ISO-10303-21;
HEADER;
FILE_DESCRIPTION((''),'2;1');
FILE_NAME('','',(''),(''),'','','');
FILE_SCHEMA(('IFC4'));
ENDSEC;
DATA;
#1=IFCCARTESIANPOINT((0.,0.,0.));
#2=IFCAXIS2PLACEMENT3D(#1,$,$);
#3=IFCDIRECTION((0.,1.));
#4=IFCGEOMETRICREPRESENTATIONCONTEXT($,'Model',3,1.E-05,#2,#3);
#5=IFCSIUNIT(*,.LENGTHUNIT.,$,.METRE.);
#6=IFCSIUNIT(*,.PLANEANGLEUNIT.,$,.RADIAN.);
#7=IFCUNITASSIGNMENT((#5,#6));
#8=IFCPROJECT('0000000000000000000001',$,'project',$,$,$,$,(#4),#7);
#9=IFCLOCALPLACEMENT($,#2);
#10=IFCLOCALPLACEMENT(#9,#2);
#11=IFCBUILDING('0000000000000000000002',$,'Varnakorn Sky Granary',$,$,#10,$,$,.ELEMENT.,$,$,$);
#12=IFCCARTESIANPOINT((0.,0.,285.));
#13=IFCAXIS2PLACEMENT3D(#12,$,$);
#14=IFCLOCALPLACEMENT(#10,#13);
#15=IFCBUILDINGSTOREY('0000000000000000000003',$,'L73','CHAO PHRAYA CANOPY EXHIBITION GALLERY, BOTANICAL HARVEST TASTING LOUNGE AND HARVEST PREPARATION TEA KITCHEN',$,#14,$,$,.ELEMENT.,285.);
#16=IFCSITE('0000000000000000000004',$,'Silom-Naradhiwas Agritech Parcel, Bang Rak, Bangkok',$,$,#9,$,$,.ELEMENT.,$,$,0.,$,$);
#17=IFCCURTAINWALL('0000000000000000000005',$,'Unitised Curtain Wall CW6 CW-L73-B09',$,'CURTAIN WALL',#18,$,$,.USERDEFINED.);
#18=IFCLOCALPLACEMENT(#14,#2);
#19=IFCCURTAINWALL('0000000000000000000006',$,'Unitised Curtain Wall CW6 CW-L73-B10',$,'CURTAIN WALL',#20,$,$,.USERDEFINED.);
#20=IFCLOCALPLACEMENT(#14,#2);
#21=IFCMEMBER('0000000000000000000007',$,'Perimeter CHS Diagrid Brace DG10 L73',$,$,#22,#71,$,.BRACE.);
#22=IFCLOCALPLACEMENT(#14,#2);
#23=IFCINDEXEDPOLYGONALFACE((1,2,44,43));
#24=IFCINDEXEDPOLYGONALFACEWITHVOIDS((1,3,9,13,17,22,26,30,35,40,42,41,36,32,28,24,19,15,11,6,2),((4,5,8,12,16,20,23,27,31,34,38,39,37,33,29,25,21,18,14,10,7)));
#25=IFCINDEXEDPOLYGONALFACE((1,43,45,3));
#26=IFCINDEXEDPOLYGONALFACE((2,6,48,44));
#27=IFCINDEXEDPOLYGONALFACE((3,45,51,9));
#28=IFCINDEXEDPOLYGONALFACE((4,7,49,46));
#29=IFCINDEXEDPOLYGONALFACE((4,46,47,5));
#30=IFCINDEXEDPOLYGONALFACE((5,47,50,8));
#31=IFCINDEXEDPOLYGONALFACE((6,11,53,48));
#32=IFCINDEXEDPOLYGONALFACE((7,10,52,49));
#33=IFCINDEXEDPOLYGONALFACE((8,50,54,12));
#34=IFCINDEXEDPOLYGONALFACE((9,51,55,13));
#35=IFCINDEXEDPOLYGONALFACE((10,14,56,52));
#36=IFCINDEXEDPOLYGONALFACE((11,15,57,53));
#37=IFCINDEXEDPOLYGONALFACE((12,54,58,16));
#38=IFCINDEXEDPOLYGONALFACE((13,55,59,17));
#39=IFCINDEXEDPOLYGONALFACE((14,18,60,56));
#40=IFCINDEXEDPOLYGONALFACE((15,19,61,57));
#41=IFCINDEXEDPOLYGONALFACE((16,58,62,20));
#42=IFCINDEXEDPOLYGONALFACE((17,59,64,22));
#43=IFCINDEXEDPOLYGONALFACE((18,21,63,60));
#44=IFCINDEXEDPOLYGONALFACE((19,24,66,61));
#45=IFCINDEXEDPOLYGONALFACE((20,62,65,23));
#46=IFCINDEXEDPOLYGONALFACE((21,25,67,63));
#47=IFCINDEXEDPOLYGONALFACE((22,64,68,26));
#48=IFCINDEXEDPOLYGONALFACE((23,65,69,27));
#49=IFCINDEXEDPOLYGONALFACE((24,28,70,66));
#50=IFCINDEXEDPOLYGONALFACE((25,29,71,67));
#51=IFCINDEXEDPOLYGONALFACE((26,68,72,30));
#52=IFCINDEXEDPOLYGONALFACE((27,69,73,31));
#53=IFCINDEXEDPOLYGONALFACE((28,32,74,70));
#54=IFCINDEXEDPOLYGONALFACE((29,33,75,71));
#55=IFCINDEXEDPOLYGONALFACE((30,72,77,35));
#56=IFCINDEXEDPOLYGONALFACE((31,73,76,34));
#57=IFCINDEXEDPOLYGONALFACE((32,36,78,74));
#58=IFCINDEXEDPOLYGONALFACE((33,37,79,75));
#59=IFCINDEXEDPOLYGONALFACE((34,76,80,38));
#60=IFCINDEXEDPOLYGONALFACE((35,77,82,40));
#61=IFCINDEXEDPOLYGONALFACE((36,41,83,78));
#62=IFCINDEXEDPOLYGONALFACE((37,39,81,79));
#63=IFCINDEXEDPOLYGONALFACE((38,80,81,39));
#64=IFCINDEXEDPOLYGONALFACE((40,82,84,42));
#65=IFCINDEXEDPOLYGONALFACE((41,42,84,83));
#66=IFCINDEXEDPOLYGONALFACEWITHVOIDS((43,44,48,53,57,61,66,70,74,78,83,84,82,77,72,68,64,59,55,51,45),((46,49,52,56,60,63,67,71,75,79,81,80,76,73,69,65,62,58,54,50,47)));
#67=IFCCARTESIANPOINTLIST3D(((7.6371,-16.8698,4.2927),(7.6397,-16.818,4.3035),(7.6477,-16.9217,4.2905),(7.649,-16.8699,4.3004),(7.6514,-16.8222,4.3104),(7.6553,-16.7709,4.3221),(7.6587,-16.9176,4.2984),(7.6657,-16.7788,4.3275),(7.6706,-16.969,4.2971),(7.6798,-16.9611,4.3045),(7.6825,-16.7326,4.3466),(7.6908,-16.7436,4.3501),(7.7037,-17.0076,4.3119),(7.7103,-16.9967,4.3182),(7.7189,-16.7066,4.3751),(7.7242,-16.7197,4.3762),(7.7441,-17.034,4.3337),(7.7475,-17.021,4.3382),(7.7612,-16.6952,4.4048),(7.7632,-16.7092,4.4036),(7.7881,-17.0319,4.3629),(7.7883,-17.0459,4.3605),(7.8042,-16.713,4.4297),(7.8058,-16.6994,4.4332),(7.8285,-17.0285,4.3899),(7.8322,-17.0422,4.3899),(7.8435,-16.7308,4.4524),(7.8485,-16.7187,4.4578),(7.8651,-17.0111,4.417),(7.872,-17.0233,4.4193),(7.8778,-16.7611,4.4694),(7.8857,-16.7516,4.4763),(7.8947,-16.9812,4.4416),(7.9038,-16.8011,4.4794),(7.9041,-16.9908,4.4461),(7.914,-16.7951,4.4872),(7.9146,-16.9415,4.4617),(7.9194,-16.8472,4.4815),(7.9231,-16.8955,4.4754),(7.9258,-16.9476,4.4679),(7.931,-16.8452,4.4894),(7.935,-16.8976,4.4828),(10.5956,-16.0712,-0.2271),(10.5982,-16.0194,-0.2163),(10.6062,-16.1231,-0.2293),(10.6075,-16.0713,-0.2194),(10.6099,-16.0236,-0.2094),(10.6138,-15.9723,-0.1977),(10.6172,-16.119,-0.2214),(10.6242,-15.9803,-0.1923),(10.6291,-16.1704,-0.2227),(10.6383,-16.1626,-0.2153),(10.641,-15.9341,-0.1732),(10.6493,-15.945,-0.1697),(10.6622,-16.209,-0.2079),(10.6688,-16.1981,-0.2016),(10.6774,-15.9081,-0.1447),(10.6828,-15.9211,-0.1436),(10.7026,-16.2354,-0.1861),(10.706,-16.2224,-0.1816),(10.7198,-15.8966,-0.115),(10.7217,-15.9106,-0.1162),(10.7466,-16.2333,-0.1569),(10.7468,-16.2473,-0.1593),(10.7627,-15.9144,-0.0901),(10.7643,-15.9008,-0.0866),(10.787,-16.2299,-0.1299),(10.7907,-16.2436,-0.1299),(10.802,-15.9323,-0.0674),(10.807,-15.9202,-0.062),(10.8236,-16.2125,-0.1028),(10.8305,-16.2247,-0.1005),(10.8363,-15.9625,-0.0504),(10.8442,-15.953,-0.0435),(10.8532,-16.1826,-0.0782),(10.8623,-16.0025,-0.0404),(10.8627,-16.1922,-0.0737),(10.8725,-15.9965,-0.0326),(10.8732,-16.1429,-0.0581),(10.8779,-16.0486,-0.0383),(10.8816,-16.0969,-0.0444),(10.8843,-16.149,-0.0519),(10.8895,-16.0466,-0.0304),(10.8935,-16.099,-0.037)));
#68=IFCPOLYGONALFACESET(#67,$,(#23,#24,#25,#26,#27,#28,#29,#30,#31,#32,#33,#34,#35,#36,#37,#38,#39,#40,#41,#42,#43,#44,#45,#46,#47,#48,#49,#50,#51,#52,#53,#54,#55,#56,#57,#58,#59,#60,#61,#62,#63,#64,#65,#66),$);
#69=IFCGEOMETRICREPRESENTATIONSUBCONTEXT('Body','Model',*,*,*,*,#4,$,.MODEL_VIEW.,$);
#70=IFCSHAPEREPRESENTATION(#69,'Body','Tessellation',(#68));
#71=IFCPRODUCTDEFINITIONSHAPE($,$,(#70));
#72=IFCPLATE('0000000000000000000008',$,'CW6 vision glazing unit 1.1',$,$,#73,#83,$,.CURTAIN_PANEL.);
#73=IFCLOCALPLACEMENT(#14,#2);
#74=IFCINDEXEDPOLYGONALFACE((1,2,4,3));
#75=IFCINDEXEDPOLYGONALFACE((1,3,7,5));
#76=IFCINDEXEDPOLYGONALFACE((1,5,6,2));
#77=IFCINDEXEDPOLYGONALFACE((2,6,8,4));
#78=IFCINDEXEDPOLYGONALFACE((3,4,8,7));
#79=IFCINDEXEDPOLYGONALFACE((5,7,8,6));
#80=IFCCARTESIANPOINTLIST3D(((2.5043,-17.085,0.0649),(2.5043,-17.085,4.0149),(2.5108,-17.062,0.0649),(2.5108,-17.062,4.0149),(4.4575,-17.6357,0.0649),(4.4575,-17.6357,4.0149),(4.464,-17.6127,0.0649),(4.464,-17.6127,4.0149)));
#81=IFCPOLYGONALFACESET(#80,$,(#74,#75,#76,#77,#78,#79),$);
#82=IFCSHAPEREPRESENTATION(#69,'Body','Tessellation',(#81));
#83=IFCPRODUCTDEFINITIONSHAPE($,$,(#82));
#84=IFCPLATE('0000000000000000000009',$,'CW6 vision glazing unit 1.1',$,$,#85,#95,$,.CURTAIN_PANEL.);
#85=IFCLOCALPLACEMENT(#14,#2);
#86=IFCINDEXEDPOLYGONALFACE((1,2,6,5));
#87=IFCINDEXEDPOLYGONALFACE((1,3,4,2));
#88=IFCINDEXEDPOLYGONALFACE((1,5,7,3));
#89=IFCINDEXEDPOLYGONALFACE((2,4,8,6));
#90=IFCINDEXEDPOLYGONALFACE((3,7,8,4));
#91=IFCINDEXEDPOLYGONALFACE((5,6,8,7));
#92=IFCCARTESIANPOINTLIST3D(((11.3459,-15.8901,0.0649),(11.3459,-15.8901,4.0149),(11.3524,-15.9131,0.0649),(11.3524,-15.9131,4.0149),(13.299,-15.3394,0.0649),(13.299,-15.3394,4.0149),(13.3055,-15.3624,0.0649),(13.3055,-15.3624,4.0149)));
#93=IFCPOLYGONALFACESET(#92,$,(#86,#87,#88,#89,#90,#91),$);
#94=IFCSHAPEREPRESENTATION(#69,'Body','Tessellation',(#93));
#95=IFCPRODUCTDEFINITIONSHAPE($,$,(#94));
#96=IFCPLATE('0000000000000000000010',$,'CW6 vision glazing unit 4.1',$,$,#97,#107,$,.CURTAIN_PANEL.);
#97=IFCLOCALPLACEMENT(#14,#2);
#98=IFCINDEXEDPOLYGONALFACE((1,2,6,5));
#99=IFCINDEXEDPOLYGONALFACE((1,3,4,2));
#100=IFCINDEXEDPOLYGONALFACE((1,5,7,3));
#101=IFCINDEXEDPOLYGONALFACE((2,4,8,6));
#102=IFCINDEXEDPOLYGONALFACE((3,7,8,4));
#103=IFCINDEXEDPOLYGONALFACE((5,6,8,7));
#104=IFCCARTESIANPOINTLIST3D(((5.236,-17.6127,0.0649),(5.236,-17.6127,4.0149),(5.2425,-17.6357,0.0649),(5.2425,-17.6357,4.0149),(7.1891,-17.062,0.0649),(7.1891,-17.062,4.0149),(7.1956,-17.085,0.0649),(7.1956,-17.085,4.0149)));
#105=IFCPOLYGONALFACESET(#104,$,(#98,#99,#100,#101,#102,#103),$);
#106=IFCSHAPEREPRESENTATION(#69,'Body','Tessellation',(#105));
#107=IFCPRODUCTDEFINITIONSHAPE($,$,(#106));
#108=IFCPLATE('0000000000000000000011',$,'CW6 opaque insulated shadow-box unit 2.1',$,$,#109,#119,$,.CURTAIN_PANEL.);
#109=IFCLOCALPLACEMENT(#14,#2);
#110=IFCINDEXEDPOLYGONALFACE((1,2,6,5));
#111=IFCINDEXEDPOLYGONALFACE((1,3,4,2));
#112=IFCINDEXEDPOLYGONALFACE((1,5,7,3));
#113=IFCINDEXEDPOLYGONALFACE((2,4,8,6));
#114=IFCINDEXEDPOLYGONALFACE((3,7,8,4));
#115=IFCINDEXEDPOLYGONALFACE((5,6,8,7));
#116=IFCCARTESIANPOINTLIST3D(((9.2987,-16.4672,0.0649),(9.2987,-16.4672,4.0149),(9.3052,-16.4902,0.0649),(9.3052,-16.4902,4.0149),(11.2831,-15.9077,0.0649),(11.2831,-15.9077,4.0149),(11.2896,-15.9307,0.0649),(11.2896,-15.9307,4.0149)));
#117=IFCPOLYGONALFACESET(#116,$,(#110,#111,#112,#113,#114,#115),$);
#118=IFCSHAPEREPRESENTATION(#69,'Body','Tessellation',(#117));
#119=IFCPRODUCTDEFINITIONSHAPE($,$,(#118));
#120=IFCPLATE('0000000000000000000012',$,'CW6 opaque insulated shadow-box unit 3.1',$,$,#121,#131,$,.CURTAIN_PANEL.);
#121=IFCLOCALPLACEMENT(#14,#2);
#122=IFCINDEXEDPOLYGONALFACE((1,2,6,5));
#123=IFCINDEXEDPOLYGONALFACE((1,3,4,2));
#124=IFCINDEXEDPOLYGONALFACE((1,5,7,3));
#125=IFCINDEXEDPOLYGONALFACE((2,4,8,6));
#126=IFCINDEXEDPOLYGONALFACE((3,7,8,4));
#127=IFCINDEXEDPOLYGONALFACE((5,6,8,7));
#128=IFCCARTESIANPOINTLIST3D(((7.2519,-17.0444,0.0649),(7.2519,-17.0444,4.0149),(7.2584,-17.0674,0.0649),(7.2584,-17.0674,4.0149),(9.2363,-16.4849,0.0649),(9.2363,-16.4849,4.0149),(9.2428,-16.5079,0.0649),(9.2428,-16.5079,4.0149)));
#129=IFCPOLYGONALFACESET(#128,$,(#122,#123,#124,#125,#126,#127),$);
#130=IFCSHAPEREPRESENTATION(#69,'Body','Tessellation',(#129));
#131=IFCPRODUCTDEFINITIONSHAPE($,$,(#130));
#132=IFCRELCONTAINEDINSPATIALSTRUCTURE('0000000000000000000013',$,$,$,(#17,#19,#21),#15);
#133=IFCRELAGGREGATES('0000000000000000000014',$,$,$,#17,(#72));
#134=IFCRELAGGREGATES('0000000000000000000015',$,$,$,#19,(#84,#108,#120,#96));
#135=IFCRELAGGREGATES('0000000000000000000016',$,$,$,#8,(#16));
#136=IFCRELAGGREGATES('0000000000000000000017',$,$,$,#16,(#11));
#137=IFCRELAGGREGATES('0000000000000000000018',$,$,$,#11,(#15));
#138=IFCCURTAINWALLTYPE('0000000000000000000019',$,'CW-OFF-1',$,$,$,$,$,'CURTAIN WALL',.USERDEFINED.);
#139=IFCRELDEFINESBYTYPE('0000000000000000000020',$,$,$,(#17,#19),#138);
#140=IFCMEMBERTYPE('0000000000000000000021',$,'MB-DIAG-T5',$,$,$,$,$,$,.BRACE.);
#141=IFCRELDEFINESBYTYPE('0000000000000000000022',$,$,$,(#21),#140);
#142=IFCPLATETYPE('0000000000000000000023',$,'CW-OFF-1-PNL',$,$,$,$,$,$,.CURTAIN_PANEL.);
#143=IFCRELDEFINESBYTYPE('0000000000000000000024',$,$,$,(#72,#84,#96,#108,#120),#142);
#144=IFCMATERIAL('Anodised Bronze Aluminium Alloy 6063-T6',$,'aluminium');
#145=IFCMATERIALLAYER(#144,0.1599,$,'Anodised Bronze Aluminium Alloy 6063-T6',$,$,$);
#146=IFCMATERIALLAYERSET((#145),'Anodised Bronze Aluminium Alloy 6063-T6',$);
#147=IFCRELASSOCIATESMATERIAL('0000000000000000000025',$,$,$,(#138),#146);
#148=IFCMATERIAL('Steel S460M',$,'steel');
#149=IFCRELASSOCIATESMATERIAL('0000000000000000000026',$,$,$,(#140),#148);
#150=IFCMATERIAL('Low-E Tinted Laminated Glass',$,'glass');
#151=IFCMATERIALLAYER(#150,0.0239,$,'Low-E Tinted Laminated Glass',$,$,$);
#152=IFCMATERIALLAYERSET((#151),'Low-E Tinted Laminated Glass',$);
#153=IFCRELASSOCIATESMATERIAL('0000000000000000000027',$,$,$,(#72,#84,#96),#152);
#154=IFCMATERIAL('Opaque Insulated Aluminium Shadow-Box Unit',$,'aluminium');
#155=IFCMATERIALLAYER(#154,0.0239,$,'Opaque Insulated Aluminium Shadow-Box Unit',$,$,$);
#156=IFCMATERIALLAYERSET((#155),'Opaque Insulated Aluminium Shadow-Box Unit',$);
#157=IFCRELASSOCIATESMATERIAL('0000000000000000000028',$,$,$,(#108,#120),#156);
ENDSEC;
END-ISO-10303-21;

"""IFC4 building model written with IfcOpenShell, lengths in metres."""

from ifc_helpers import new_model, si_unit, direction, frame, origin, origin_2d, place, context, subcontext, project, spatial, rectangle, hollow_circle, extrude, source, transform, mapped, material, layer, layer_set, material_profile, profile_set, type_object, type_shapes, element, aggregate, save


model = new_model("IFC4")

# Units and contexts
model_context = context("Model", 3, precision=1e-05, world=origin(), true_north=direction((0.0, 1.0)))
body_context = subcontext(model_context, "Body", "Model", "MODEL_VIEW")
ifc_project = project(units=[si_unit("LENGTHUNIT", "METRE"), si_unit("PLANEANGLEUNIT", "RADIAN")], contexts=[model_context])

# Site, building, storey
site_placement = place(None, origin())
site = spatial("IfcSite", under=ifc_project, at=site_placement, Name="Silom-Naradhiwas Agritech Parcel, Bang Rak, Bangkok", CompositionType="ELEMENT", RefElevation=0.0)
building_placement = place(site_placement, origin())
building = spatial("IfcBuilding", under=site, at=building_placement, Name="Varnakorn Sky Granary", CompositionType="ELEMENT")
storey_placement = place(building_placement, frame((0.0, 0.0, 285.0)))
storey = spatial("IfcBuildingStorey", under=building, at=storey_placement, Name="L73", Description="CHAO PHRAYA CANOPY EXHIBITION GALLERY, BOTANICAL HARVEST TASTING LOUNGE AND HARVEST PREPARATION TEA KITCHEN", CompositionType="ELEMENT", Elevation=285.0)

# Shared definitions
ifc_material_1 = material(Name="Steel S460M", Category="steel")

# Curtain wall
ifc_material_2 = material(Name="Anodised Bronze Aluminium Alloy 6063-T6", Category="aluminium")
ifc_layer_1 = layer(ifc_material_2, 0.1599, Name="Anodised Bronze Aluminium Alloy 6063-T6")
ifc_layer_set_1 = layer_set([ifc_layer_1], Name="Anodised Bronze Aluminium Alloy 6063-T6")
curtain_wall_type = type_object("IfcCurtainWallType", Name="CW-OFF-1", ElementType="CURTAIN WALL", PredefinedType="USERDEFINED", material=ifc_layer_set_1)
curtain_wall_1_placement = place(storey_placement, origin())
curtain_wall_1 = element("IfcCurtainWall", 1, at=curtain_wall_1_placement, inside=storey, type_object=curtain_wall_type, Name="Unitised Curtain Wall CW6 CW-L73-B09", ObjectType="CURTAIN WALL", PredefinedType="USERDEFINED")

# Curtain wall
curtain_wall_2_placement = place(storey_placement, origin())
curtain_wall_2 = element("IfcCurtainWall", 2, at=curtain_wall_2_placement, inside=storey, type_object=curtain_wall_type, Name="Unitised Curtain Wall CW6 CW-L73-B10", ObjectType="CURTAIN WALL", PredefinedType="USERDEFINED")

# Member
ifc_material_profile_1 = material_profile(ifc_material_1, hollow_circle(Radius=0.1777, WallThickness=0.0142, at=origin_2d()), Name="CHS 355.6x14")
ifc_profile_set_1 = profile_set([ifc_material_profile_1], Name="Steel S460M")
member_type_1 = type_object("IfcMemberType", Name="MB-DIAG-T5", PredefinedType="BRACE", material=ifc_profile_set_1)
member_1_placement = place(storey_placement, frame((10.7444, -16.072, -0.1299), z_axis=(-0.541784, -0.146243, 0.827698), x_axis=(0.260602, -0.965446, 0.0)))
element("IfcMember", 3, at=member_1_placement, inside=storey, type_object=member_type_1, Name="Perimeter CHS Diagrid Brace DG10 L73", PredefinedType="BRACE", context=body_context, shape_type="SweptSolid", body=[
    extrude(hollow_circle(Radius=0.1777, WallThickness=0.0142, at=origin_2d()), origin(), (0.0, 0.0, 1.0), 5.4607),
])

# Plates
ifc_material_3 = material(Name="Low-E Tinted Laminated Glass", Category="glass")
ifc_layer_2 = layer(ifc_material_3, 0.0239, Name="Low-E Tinted Laminated Glass")
ifc_layer_set_2 = layer_set([ifc_layer_2], Name="Low-E Tinted Laminated Glass")
plate_type = type_object("IfcPlateType", Name="CW-OFF-1-PNL", PredefinedType="CURTAIN_PANEL")
shared_shape_1 = source(origin(), body_context, "Body", "SweptSolid", [
    extrude(rectangle(XDim=2.0293, YDim=0.0239, at=origin_2d()), origin(), (0.0, 0.0, 1.0), 3.95),
])
plate_1_placement = place(storey_placement, frame((3.4841, -17.3489, 0.0649), z_axis=(0.0, 0.0, 1.0), x_axis=(-0.962474, 0.271372, 0.0)))
plate_1 = element("IfcPlate", 4, at=plate_1_placement, type_object=plate_type, material=ifc_layer_set_2, Name="CW6 vision glazing unit 1.1", PredefinedType="CURTAIN_PANEL", context=body_context, shape_type="MappedRepresentation", body=[
    mapped(shared_shape_1, transform((0.0, 0.0, 0.0), x_axis=(1.0, 0.0, 0.0), y_axis=(0.0, 1.0, 0.0), z_axis=(0.0, 0.0, 1.0), scale=1.0)),
])
aggregate(curtain_wall_1, [plate_1])
plate_2_placement = place(storey_placement, frame((12.3257, -15.6262, 0.0649), z_axis=(0.0, 0.0, 1.0), x_axis=(-0.962474, -0.271372, 0.0)))
plate_2 = element("IfcPlate", 5, at=plate_2_placement, type_object=plate_type, material=ifc_layer_set_2, Name="CW6 vision glazing unit 1.1", PredefinedType="CURTAIN_PANEL", context=body_context, shape_type="MappedRepresentation", body=[
    mapped(shared_shape_1, transform((0.0, 0.0, 0.0), x_axis=(1.0, 0.0, 0.0), y_axis=(0.0, 1.0, 0.0), z_axis=(0.0, 0.0, 1.0), scale=1.0)),
])
plate_3_placement = place(storey_placement, frame((6.2158, -17.3489, 0.0649), z_axis=(0.0, 0.0, 1.0), x_axis=(-0.962474, -0.271372, 0.0)))
plate_3 = element("IfcPlate", 6, at=plate_3_placement, type_object=plate_type, material=ifc_layer_set_2, Name="CW6 vision glazing unit 4.1", PredefinedType="CURTAIN_PANEL", context=body_context, shape_type="MappedRepresentation", body=[
    mapped(shared_shape_1, transform((0.0, 0.0, 0.0), x_axis=(1.0, 0.0, 0.0), y_axis=(0.0, 1.0, 0.0), z_axis=(0.0, 0.0, 1.0), scale=1.0)),
])
ifc_material_4 = material(Name="Opaque Insulated Aluminium Shadow-Box Unit", Category="aluminium")
ifc_layer_3 = layer(ifc_material_4, 0.0239, Name="Opaque Insulated Aluminium Shadow-Box Unit")
ifc_layer_set_3 = layer_set([ifc_layer_3], Name="Opaque Insulated Aluminium Shadow-Box Unit")
shared_shape_2 = source(origin(), body_context, "Body", "SweptSolid", [
    extrude(rectangle(XDim=2.0618, YDim=0.0239, at=origin_2d()), origin(), (0.0, 0.0, 1.0), 3.95),
])
type_shapes(plate_type, [shared_shape_1, shared_shape_2])
plate_4_placement = place(storey_placement, frame((10.2942, -16.199, 0.0649), z_axis=(0.0, 0.0, 1.0), x_axis=(-0.962474, -0.271372, 0.0)))
plate_4 = element("IfcPlate", 7, at=plate_4_placement, type_object=plate_type, material=ifc_layer_set_3, Name="CW6 opaque insulated shadow-box unit 2.1", PredefinedType="CURTAIN_PANEL", context=body_context, shape_type="MappedRepresentation", body=[
    mapped(shared_shape_2, transform((0.0, 0.0, 0.0), x_axis=(1.0, 0.0, 0.0), y_axis=(0.0, 1.0, 0.0), z_axis=(0.0, 0.0, 1.0), scale=1.0)),
])
plate_5_placement = place(storey_placement, frame((8.2473, -16.7761, 0.0649), z_axis=(0.0, 0.0, 1.0), x_axis=(-0.962474, -0.271372, 0.0)))
plate_5 = element("IfcPlate", 8, at=plate_5_placement, type_object=plate_type, material=ifc_layer_set_3, Name="CW6 opaque insulated shadow-box unit 3.1", PredefinedType="CURTAIN_PANEL", context=body_context, shape_type="MappedRepresentation", body=[
    mapped(shared_shape_2, transform((0.0, 0.0, 0.0), x_axis=(1.0, 0.0, 0.0), y_axis=(0.0, 1.0, 0.0), z_axis=(0.0, 0.0, 1.0), scale=1.0)),
])
aggregate(curtain_wall_2, [plate_2, plate_4, plate_5, plate_3])

save(model, "model.ifc")
